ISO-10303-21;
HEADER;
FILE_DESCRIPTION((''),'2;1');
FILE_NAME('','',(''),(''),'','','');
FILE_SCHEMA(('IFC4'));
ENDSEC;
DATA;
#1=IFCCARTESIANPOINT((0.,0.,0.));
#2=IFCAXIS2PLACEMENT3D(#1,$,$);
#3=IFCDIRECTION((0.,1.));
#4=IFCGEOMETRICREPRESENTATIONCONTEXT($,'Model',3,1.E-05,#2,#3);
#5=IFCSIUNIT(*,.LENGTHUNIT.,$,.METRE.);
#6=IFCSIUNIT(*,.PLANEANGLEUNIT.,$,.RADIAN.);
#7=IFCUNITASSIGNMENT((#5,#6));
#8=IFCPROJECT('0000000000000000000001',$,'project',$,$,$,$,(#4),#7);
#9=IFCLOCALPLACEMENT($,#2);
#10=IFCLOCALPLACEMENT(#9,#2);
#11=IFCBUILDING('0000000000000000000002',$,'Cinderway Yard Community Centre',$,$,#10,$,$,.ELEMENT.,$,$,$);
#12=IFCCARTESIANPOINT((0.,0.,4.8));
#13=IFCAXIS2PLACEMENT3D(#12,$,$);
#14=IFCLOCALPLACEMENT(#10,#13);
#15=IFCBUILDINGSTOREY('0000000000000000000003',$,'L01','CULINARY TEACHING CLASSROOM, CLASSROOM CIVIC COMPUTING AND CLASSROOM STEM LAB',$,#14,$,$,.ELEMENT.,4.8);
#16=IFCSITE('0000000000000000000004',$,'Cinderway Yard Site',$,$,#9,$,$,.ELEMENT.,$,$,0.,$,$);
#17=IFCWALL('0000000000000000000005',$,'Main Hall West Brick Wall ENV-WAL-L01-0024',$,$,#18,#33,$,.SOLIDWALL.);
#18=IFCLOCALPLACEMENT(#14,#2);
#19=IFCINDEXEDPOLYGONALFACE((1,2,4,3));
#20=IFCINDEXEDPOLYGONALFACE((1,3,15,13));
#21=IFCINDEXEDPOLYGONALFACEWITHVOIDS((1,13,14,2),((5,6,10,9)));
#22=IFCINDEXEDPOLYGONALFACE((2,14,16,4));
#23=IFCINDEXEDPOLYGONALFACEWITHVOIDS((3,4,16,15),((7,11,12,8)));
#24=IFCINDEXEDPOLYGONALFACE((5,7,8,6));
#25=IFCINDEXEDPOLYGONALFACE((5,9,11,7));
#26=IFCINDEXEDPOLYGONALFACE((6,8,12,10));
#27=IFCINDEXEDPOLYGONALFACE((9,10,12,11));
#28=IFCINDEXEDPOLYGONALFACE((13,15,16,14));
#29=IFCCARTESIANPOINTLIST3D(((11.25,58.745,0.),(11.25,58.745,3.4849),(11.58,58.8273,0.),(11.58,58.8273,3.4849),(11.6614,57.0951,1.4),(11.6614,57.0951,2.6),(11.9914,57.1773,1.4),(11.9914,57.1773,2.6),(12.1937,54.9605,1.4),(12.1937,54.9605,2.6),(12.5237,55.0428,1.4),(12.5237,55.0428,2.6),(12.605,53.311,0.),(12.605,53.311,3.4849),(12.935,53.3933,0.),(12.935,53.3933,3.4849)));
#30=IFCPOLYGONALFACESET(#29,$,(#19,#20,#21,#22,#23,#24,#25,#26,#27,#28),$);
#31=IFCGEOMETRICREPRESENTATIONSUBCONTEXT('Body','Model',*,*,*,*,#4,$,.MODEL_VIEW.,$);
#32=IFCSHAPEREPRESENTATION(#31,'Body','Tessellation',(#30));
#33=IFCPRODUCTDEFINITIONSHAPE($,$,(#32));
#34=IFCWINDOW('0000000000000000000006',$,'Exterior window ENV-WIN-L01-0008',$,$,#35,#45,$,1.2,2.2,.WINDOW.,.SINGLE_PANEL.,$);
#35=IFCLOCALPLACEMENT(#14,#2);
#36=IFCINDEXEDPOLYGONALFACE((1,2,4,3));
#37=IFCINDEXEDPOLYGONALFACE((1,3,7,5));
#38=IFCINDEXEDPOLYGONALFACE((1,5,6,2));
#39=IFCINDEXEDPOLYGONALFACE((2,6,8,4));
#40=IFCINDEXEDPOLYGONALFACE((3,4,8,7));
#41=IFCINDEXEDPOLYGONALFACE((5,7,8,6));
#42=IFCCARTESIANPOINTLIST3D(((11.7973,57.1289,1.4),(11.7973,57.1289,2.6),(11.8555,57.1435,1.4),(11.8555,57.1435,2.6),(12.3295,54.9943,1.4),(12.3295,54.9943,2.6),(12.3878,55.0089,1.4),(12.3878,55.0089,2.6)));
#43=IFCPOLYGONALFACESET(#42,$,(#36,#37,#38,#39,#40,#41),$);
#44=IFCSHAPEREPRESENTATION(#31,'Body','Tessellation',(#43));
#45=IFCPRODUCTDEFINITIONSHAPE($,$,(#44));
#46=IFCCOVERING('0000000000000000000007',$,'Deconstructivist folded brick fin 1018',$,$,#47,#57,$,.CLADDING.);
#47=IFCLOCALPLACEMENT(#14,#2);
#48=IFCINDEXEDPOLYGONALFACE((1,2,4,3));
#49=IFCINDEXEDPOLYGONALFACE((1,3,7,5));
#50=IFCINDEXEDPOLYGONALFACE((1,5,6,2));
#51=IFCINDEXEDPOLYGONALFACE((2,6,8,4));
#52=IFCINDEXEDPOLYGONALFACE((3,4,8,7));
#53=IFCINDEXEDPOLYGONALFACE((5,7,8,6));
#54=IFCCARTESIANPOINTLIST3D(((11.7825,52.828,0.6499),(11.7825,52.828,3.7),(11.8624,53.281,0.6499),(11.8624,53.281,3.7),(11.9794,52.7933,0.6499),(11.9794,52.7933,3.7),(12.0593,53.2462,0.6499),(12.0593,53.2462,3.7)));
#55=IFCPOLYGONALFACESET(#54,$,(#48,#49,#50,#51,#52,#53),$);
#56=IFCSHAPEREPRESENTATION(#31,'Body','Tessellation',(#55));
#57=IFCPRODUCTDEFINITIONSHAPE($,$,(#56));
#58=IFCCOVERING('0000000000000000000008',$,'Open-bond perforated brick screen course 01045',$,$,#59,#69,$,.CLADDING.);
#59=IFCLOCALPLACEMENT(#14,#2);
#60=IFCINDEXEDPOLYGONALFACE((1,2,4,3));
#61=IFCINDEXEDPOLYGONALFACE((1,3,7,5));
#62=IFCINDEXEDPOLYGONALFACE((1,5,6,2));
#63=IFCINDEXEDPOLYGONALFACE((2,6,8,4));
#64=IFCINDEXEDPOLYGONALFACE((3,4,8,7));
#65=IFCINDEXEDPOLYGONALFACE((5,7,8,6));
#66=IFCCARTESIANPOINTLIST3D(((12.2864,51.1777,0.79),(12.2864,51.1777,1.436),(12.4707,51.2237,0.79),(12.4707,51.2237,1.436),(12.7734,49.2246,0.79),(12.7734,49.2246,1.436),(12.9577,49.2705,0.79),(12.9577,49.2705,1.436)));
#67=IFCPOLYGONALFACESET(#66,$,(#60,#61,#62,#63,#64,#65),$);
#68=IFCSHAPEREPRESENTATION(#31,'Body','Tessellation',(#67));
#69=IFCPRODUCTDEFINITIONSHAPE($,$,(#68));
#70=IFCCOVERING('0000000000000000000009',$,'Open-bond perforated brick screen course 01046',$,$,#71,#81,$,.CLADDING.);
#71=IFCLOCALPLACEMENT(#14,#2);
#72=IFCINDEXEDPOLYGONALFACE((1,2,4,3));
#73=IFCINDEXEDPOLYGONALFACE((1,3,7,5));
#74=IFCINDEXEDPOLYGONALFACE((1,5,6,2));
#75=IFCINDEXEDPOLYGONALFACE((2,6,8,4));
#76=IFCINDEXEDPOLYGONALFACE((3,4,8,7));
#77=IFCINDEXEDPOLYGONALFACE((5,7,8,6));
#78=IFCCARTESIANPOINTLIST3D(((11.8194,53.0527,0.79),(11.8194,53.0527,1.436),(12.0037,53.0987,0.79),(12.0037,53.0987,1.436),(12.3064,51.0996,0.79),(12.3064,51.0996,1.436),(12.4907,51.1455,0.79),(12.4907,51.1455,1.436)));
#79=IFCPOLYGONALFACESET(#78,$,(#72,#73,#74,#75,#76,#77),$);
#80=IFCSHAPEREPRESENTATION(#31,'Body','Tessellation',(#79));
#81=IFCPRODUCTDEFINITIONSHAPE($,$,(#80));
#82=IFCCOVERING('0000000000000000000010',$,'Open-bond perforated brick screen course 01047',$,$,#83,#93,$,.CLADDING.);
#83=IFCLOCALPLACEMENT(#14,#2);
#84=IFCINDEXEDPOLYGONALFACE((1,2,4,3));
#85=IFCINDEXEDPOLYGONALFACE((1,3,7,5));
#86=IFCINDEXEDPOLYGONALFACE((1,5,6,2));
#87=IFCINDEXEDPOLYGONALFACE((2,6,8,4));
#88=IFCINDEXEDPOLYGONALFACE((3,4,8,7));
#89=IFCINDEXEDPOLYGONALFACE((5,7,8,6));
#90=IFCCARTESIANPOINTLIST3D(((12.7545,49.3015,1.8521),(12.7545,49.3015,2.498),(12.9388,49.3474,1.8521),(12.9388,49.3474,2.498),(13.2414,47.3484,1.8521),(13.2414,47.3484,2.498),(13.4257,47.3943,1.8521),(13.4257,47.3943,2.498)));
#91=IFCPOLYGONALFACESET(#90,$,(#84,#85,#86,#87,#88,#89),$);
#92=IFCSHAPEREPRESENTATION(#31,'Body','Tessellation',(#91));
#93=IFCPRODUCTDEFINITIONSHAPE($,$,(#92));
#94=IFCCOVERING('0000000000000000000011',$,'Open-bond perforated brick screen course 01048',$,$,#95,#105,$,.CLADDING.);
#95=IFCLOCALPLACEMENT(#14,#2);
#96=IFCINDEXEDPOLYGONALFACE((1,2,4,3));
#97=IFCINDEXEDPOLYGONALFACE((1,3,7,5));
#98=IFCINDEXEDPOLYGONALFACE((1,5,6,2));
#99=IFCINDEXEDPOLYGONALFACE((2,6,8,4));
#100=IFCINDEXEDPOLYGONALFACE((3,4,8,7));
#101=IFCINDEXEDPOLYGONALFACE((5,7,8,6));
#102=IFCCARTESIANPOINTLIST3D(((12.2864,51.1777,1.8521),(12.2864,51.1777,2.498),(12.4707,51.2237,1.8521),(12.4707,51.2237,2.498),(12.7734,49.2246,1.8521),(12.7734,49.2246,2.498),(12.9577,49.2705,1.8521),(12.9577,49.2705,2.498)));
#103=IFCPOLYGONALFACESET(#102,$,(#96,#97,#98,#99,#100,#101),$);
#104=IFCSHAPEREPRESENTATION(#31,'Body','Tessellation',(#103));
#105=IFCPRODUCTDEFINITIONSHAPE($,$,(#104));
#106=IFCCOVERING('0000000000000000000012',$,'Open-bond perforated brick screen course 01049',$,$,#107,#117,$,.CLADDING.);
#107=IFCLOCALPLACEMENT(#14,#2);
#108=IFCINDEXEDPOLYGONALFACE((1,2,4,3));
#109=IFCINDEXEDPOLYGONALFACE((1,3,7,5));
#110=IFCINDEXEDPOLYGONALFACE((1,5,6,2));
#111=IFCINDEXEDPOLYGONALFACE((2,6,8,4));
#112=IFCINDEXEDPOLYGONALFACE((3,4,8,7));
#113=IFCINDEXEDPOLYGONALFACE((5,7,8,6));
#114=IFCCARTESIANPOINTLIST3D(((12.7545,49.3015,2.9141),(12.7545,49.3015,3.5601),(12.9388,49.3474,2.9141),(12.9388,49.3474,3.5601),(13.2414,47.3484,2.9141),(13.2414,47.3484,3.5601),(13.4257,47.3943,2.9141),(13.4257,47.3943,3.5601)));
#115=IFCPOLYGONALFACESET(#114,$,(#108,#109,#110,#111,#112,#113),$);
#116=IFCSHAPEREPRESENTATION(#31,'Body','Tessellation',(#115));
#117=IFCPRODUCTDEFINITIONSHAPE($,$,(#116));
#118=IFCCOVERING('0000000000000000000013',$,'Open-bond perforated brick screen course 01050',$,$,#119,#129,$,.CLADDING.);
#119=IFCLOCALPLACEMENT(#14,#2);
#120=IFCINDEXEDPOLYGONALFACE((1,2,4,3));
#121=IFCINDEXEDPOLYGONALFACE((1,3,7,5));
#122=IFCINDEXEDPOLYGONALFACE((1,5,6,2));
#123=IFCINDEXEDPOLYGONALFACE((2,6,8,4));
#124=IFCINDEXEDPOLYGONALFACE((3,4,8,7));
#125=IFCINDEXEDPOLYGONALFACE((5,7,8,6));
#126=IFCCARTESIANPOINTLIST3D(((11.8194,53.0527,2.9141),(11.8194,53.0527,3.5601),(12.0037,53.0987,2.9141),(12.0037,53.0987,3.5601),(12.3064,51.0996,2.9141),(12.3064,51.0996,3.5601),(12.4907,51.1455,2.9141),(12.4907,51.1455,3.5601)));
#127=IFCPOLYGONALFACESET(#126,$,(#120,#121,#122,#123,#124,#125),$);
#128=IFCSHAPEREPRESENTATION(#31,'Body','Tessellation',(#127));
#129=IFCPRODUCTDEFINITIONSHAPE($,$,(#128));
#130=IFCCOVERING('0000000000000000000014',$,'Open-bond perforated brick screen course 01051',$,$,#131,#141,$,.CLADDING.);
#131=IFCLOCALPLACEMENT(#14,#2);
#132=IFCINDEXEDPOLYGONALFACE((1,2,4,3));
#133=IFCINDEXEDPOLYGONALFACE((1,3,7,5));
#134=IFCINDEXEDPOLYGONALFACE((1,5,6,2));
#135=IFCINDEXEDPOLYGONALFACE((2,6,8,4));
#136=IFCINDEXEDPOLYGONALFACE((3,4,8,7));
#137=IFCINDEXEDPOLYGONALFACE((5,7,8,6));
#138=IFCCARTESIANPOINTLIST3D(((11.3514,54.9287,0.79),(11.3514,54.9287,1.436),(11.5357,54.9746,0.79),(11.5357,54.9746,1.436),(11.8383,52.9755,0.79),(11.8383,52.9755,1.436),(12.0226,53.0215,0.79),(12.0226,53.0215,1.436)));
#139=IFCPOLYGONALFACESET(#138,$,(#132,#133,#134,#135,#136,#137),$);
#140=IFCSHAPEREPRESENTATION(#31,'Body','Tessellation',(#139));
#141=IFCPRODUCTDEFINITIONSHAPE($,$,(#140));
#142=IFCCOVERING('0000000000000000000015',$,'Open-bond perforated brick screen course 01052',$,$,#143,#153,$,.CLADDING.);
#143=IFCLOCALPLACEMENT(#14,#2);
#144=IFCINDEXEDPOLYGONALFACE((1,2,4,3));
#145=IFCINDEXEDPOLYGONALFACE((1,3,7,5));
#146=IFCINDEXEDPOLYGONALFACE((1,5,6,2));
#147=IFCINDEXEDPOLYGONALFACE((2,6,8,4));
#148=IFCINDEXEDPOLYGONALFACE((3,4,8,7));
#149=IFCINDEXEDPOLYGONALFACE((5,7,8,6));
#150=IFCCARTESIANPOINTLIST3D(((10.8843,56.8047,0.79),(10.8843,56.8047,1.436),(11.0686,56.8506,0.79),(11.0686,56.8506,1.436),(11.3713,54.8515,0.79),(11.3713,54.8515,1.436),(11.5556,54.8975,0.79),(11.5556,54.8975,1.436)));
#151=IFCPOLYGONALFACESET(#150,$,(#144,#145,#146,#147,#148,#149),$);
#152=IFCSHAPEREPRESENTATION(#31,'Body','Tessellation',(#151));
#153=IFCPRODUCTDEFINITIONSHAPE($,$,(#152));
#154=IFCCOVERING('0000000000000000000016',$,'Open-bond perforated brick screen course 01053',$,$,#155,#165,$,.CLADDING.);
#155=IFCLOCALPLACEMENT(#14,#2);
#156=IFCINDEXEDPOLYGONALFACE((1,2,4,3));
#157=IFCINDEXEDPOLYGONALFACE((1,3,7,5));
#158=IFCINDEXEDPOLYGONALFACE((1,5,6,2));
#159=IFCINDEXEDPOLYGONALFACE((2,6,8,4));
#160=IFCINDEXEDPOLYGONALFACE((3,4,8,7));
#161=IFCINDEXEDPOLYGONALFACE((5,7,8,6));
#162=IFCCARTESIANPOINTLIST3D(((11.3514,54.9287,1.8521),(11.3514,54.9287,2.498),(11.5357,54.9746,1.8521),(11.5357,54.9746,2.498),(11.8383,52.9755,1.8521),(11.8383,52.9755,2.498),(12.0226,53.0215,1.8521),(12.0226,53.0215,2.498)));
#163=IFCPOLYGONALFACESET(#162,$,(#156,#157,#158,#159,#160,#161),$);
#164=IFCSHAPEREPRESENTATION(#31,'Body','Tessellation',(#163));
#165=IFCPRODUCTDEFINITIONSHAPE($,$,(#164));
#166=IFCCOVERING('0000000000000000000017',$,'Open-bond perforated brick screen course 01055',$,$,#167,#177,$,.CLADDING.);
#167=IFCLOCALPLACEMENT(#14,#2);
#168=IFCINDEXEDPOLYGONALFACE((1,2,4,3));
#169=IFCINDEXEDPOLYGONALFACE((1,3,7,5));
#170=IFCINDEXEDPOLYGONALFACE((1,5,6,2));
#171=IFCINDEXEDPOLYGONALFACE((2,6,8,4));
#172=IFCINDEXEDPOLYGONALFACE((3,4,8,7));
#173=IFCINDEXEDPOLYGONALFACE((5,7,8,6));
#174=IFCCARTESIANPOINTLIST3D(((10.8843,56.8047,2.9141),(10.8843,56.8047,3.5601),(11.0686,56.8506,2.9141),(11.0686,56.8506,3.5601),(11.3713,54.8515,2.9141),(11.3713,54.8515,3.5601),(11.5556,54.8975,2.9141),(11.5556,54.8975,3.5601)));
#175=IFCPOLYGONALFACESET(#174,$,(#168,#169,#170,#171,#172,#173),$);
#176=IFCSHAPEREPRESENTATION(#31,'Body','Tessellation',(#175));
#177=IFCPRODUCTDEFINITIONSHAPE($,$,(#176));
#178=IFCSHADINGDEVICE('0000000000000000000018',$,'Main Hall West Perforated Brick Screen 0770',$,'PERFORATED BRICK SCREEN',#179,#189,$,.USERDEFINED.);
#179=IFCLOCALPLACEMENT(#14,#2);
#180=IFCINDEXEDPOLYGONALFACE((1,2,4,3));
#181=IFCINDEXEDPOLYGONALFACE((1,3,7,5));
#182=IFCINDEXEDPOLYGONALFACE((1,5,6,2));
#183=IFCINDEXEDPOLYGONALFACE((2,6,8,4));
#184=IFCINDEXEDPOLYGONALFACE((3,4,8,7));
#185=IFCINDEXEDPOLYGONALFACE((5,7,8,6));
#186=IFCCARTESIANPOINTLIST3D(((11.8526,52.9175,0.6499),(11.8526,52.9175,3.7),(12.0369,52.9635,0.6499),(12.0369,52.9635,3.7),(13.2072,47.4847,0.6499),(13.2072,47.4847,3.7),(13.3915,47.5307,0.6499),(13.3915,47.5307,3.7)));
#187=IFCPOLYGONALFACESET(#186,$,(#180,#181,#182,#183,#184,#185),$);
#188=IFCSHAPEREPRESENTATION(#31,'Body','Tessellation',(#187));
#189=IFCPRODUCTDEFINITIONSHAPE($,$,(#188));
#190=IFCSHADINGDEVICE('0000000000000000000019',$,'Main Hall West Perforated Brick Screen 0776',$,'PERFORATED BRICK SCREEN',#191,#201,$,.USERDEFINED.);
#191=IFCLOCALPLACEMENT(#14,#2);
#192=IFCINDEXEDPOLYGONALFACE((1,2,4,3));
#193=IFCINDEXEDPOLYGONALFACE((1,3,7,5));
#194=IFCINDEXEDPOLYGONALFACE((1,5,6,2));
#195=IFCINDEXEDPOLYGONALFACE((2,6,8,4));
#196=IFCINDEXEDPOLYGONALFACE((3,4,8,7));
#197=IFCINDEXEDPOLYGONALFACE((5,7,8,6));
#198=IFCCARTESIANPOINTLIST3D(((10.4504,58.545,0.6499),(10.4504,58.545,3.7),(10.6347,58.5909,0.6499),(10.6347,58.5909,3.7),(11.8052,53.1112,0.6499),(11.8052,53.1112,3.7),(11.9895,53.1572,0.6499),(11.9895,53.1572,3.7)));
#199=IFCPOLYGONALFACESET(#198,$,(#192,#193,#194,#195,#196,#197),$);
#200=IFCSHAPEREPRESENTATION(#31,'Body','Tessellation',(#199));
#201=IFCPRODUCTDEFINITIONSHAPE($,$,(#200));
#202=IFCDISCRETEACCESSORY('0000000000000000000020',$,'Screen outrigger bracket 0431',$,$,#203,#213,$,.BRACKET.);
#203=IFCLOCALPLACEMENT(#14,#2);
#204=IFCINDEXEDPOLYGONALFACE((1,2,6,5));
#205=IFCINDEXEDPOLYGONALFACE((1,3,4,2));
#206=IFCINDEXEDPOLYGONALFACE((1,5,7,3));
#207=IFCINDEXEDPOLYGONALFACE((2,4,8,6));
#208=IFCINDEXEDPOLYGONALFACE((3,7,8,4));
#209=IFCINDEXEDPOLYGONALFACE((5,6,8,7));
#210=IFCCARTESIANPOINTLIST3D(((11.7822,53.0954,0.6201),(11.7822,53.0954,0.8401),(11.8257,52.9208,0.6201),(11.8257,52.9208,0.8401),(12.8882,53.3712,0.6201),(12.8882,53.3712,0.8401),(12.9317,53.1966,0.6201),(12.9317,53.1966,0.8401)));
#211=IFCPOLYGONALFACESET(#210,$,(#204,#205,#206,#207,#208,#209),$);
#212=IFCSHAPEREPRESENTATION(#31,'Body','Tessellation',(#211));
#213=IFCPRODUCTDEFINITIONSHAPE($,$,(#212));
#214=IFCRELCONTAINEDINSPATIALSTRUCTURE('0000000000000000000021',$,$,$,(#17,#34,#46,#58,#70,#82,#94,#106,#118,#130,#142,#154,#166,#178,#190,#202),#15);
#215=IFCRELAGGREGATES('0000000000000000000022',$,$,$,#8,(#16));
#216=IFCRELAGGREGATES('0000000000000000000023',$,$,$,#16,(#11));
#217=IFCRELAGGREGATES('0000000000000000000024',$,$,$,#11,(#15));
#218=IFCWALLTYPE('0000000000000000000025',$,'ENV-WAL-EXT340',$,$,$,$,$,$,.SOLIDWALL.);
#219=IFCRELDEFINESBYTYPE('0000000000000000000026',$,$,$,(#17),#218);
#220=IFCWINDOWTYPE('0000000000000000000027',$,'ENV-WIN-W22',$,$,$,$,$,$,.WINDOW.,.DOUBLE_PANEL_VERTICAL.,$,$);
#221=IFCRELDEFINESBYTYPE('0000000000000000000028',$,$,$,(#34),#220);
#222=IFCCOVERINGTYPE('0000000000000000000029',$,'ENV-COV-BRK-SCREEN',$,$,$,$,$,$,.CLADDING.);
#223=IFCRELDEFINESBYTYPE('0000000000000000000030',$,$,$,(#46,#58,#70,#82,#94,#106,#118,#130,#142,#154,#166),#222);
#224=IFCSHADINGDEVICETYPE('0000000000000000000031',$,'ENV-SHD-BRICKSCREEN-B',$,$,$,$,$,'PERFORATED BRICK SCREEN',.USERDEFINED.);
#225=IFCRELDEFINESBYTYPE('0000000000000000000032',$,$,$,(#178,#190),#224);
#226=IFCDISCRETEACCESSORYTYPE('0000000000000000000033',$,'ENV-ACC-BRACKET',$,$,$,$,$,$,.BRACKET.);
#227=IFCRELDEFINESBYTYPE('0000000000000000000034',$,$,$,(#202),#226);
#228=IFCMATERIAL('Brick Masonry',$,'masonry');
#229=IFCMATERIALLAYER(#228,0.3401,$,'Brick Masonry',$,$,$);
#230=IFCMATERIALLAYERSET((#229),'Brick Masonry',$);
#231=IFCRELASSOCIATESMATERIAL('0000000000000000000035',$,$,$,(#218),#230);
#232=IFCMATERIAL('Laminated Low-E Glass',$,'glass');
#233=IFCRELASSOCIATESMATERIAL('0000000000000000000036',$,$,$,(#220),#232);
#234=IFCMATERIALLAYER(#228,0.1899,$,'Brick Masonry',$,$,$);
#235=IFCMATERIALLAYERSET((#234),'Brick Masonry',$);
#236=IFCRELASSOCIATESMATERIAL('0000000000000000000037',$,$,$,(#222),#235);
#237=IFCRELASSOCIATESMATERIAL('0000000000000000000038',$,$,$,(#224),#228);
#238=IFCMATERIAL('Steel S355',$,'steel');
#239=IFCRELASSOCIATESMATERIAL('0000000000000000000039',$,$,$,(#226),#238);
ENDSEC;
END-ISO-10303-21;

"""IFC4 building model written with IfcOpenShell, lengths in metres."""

from ifc_helpers import new_model, si_unit, direction, frame, frame_2d, origin, origin_2d, place, context, subcontext, project, spatial, rectangle, extrude, material, layer, layer_set, type_object, element, fill, save


model = new_model("IFC4")

# Units and contexts
model_context = context("Model", 3, precision=1e-05, world=origin(), true_north=direction((0.0, 1.0)))
body_context = subcontext(model_context, "Body", "Model", "MODEL_VIEW")
ifc_project = project(units=[si_unit("LENGTHUNIT", "METRE"), si_unit("PLANEANGLEUNIT", "RADIAN")], contexts=[model_context])

# Site, building, storey
site_placement = place(None, origin())
site = spatial("IfcSite", under=ifc_project, at=site_placement, Name="Cinderway Yard Site", CompositionType="ELEMENT", RefElevation=0.0)
building_placement = place(site_placement, origin())
building = spatial("IfcBuilding", under=site, at=building_placement, Name="Cinderway Yard Community Centre", CompositionType="ELEMENT")
storey_placement = place(building_placement, frame((0.0, 0.0, 4.8)))
storey = spatial("IfcBuildingStorey", under=building, at=storey_placement, Name="L01", Description="CULINARY TEACHING CLASSROOM, CLASSROOM CIVIC COMPUTING AND CLASSROOM STEM LAB", CompositionType="ELEMENT", Elevation=4.8)

# Shared definitions
ifc_material_1 = material(Name="Steel S355", Category="steel")

# Wall, opening, window
ifc_material_2 = material(Name="Brick Masonry", Category="masonry")
ifc_layer_1 = layer(ifc_material_2, 0.3401, Name="Brick Masonry")
ifc_layer_set_1 = layer_set([ifc_layer_1], Name="Brick Masonry")
wall_type = type_object("IfcWallType", Name="ENV-WAL-EXT340", PredefinedType="SOLIDWALL", material=ifc_layer_set_1)
ifc_material_3 = material(Name="Laminated Low-E Glass", Category="glass")
wall_1_placement = place(storey_placement, frame((12.77, 53.3521, 0.0), z_axis=(0.0, 0.0, 1.0), x_axis=(-0.241951, 0.970288, 0.0)))
wall_1 = element("IfcWall", 1, at=wall_1_placement, inside=storey, type_object=wall_type, Name="Main Hall West Brick Wall ENV-WAL-L01-0024", PredefinedType="SOLIDWALL", context=body_context, shape_type="SweptSolid", body=[
    extrude(rectangle(XDim=5.6003, YDim=0.3401, at=frame_2d((2.8003, 0.0))), origin(), (0.0, 0.0, 1.0), 3.4849),
])
opening_1_placement = place(wall_1_placement, frame((1.7, 0.0, 1.3999)))
opening_1 = element("IfcOpeningElement", 2, at=opening_1_placement, cuts=wall_1, PredefinedType="OPENING", context=body_context, shape_type="SweptSolid", body=[
    extrude(rectangle(XDim=2.2, YDim=1.2, at=frame_2d((1.1001, 0.6001))), frame((0.0, 0.1799, 0.0), z_axis=(0.0, -1.0, 0.0), x_axis=(1.0, 0.0, 0.0)), (0.0, 0.0, 1.0), 0.3601),
])
window_type_1 = type_object("IfcWindowType", Name="ENV-WIN-W22", PartitioningType="DOUBLE_PANEL_VERTICAL", PredefinedType="WINDOW", material=ifc_material_3)
window_1_placement = place(opening_1_placement, origin())
window_1 = element("IfcWindow", 3, at=window_1_placement, inside=storey, type_object=window_type_1, Name="Exterior window ENV-WIN-L01-0008", OverallHeight=1.2, OverallWidth=2.2, PartitioningType="SINGLE_PANEL", PredefinedType="WINDOW", context=body_context, shape_type="SweptSolid", body=[
    extrude(rectangle(XDim=2.2, YDim=1.2, at=frame_2d((1.1001, 0.6001))), frame((0.0, 0.03, 0.0), z_axis=(0.0, -1.0, 0.0), x_axis=(1.0, 0.0, 0.0)), (0.0, 0.0, 1.0), 0.0601),
])
fill(opening_1, window_1)

# Coverings
ifc_layer_2 = layer(ifc_material_2, 0.1899, Name="Brick Masonry")
ifc_layer_set_2 = layer_set([ifc_layer_2], Name="Brick Masonry")
covering_type = type_object("IfcCoveringType", Name="ENV-COV-BRK-SCREEN", PredefinedType="CLADDING", material=ifc_layer_set_2)
covering_placement = place(storey_placement, frame((11.9209, 53.0371, 0.6499), z_axis=(0.0, 0.0, 1.0), x_axis=(0.173648, 0.984808, 0.0)))
element("IfcCovering", 4, at=covering_placement, inside=storey, type_object=covering_type, Name="Deconstructivist folded brick fin 1018", PredefinedType="CLADDING", context=body_context, shape_type="SweptSolid", body=[
    extrude(rectangle(XDim=0.46, YDim=0.2, at=origin_2d()), origin(), (0.0, 0.0, 1.0), 3.05),
])
for number, where, z_axis, x_axis, name in (
    (5, (12.6221, 50.2241, 0.79), (0.0, 0.0, 1.0), (-0.241922, 0.970296, 0.0), "Open-bond perforated brick screen course 01045"),
    (6, (12.155, 52.0991, 0.79), (0.0, 0.0, 1.0), (-0.241922, 0.970296, 0.0), "Open-bond perforated brick screen course 01046"),
    (7, (13.0901, 48.3479, 1.8521), (0.0, 0.0, 1.0), (-0.241922, 0.970296, 0.0), "Open-bond perforated brick screen course 01047"),
    (8, (12.6221, 50.2241, 1.8521), (0.0, 0.0, 1.0), (-0.241922, 0.970296, 0.0), "Open-bond perforated brick screen course 01048"),
    (9, (13.0901, 48.3479, 2.9141), (0.0, 0.0, 1.0), (-0.241922, 0.970296, 0.0), "Open-bond perforated brick screen course 01049"),
    (10, (12.155, 52.0991, 2.9141), (0.0, 0.0, 1.0), (-0.241922, 0.970296, 0.0), "Open-bond perforated brick screen course 01050"),
    (11, (11.687, 53.9751, 0.79), (0.0, 0.0, 1.0), (-0.241922, 0.970296, 0.0), "Open-bond perforated brick screen course 01051"),
    (12, (11.22, 55.8511, 0.79), (0.0, 0.0, 1.0), (-0.241922, 0.970296, 0.0), "Open-bond perforated brick screen course 01052"),
    (13, (11.687, 53.9751, 1.8521), (0.0, 0.0, 1.0), (-0.241922, 0.970296, 0.0), "Open-bond perforated brick screen course 01053"),
    (14, (11.22, 55.8511, 2.9141), (0.0, 0.0, 1.0), (-0.241922, 0.970296, 0.0), "Open-bond perforated brick screen course 01055"),
):
    element("IfcCovering", number, at=place(storey_placement, frame(where, z_axis=z_axis, x_axis=x_axis)), inside=storey, type_object=covering_type, Name=name, PredefinedType="CLADDING", context=body_context, shape_type="SweptSolid", body=[
        extrude(rectangle(XDim=2.0129, YDim=0.1899, at=origin_2d()), origin(), (0.0, 0.0, 1.0), 0.646),
    ])

# Shading devices
shading_device_type = type_object("IfcShadingDeviceType", Name="ENV-SHD-BRICKSCREEN-B", ElementType="PERFORATED BRICK SCREEN", PredefinedType="USERDEFINED", material=ifc_material_2)
shading_device_1_placement = place(storey_placement, frame((12.6221, 50.2241, 0.6499), z_axis=(0.0, 0.0, 1.0), x_axis=(-0.241922, 0.970296, 0.0)))
element("IfcShadingDevice", 15, at=shading_device_1_placement, inside=storey, type_object=shading_device_type, Name="Main Hall West Perforated Brick Screen 0770", ObjectType="PERFORATED BRICK SCREEN", PredefinedType="USERDEFINED", context=body_context, shape_type="SweptSolid", body=[
    extrude(rectangle(XDim=5.5991, YDim=0.1899, at=origin_2d()), origin(), (0.0, 0.0, 1.0), 3.05),
])
shading_device_2_placement = place(storey_placement, frame((11.22, 55.8511, 0.6499), z_axis=(0.0, 0.0, 1.0), x_axis=(-0.241922, 0.970296, 0.0)))
element("IfcShadingDevice", 16, at=shading_device_2_placement, inside=storey, type_object=shading_device_type, Name="Main Hall West Perforated Brick Screen 0776", ObjectType="PERFORATED BRICK SCREEN", PredefinedType="USERDEFINED", context=body_context, shape_type="SweptSolid", body=[
    extrude(rectangle(XDim=5.6001, YDim=0.1899, at=origin_2d()), origin(), (0.0, 0.0, 1.0), 3.05),
])

# Discrete accessory
discrete_accessory_type = type_object("IfcDiscreteAccessoryType", Name="ENV-ACC-BRACKET", PredefinedType="BRACKET", material=ifc_material_1)
for number, where, z_axis, x_axis, name in (
    (17, (12.3569, 53.146, 0.6201), (0.0, 0.0, 1.0), (-0.970296, -0.241922, 0.0), "Screen outrigger bracket 0431"),
):
    element("IfcDiscreteAccessory", number, at=place(storey_placement, frame(where, z_axis=z_axis, x_axis=x_axis)), inside=storey, type_object=discrete_accessory_type, Name=name, PredefinedType="BRACKET", context=body_context, shape_type="SweptSolid", body=[
        extrude(rectangle(XDim=1.1399, YDim=0.1799, at=origin_2d()), origin(), (0.0, 0.0, 1.0), 0.22),
    ])

save(model, "model.ifc")
